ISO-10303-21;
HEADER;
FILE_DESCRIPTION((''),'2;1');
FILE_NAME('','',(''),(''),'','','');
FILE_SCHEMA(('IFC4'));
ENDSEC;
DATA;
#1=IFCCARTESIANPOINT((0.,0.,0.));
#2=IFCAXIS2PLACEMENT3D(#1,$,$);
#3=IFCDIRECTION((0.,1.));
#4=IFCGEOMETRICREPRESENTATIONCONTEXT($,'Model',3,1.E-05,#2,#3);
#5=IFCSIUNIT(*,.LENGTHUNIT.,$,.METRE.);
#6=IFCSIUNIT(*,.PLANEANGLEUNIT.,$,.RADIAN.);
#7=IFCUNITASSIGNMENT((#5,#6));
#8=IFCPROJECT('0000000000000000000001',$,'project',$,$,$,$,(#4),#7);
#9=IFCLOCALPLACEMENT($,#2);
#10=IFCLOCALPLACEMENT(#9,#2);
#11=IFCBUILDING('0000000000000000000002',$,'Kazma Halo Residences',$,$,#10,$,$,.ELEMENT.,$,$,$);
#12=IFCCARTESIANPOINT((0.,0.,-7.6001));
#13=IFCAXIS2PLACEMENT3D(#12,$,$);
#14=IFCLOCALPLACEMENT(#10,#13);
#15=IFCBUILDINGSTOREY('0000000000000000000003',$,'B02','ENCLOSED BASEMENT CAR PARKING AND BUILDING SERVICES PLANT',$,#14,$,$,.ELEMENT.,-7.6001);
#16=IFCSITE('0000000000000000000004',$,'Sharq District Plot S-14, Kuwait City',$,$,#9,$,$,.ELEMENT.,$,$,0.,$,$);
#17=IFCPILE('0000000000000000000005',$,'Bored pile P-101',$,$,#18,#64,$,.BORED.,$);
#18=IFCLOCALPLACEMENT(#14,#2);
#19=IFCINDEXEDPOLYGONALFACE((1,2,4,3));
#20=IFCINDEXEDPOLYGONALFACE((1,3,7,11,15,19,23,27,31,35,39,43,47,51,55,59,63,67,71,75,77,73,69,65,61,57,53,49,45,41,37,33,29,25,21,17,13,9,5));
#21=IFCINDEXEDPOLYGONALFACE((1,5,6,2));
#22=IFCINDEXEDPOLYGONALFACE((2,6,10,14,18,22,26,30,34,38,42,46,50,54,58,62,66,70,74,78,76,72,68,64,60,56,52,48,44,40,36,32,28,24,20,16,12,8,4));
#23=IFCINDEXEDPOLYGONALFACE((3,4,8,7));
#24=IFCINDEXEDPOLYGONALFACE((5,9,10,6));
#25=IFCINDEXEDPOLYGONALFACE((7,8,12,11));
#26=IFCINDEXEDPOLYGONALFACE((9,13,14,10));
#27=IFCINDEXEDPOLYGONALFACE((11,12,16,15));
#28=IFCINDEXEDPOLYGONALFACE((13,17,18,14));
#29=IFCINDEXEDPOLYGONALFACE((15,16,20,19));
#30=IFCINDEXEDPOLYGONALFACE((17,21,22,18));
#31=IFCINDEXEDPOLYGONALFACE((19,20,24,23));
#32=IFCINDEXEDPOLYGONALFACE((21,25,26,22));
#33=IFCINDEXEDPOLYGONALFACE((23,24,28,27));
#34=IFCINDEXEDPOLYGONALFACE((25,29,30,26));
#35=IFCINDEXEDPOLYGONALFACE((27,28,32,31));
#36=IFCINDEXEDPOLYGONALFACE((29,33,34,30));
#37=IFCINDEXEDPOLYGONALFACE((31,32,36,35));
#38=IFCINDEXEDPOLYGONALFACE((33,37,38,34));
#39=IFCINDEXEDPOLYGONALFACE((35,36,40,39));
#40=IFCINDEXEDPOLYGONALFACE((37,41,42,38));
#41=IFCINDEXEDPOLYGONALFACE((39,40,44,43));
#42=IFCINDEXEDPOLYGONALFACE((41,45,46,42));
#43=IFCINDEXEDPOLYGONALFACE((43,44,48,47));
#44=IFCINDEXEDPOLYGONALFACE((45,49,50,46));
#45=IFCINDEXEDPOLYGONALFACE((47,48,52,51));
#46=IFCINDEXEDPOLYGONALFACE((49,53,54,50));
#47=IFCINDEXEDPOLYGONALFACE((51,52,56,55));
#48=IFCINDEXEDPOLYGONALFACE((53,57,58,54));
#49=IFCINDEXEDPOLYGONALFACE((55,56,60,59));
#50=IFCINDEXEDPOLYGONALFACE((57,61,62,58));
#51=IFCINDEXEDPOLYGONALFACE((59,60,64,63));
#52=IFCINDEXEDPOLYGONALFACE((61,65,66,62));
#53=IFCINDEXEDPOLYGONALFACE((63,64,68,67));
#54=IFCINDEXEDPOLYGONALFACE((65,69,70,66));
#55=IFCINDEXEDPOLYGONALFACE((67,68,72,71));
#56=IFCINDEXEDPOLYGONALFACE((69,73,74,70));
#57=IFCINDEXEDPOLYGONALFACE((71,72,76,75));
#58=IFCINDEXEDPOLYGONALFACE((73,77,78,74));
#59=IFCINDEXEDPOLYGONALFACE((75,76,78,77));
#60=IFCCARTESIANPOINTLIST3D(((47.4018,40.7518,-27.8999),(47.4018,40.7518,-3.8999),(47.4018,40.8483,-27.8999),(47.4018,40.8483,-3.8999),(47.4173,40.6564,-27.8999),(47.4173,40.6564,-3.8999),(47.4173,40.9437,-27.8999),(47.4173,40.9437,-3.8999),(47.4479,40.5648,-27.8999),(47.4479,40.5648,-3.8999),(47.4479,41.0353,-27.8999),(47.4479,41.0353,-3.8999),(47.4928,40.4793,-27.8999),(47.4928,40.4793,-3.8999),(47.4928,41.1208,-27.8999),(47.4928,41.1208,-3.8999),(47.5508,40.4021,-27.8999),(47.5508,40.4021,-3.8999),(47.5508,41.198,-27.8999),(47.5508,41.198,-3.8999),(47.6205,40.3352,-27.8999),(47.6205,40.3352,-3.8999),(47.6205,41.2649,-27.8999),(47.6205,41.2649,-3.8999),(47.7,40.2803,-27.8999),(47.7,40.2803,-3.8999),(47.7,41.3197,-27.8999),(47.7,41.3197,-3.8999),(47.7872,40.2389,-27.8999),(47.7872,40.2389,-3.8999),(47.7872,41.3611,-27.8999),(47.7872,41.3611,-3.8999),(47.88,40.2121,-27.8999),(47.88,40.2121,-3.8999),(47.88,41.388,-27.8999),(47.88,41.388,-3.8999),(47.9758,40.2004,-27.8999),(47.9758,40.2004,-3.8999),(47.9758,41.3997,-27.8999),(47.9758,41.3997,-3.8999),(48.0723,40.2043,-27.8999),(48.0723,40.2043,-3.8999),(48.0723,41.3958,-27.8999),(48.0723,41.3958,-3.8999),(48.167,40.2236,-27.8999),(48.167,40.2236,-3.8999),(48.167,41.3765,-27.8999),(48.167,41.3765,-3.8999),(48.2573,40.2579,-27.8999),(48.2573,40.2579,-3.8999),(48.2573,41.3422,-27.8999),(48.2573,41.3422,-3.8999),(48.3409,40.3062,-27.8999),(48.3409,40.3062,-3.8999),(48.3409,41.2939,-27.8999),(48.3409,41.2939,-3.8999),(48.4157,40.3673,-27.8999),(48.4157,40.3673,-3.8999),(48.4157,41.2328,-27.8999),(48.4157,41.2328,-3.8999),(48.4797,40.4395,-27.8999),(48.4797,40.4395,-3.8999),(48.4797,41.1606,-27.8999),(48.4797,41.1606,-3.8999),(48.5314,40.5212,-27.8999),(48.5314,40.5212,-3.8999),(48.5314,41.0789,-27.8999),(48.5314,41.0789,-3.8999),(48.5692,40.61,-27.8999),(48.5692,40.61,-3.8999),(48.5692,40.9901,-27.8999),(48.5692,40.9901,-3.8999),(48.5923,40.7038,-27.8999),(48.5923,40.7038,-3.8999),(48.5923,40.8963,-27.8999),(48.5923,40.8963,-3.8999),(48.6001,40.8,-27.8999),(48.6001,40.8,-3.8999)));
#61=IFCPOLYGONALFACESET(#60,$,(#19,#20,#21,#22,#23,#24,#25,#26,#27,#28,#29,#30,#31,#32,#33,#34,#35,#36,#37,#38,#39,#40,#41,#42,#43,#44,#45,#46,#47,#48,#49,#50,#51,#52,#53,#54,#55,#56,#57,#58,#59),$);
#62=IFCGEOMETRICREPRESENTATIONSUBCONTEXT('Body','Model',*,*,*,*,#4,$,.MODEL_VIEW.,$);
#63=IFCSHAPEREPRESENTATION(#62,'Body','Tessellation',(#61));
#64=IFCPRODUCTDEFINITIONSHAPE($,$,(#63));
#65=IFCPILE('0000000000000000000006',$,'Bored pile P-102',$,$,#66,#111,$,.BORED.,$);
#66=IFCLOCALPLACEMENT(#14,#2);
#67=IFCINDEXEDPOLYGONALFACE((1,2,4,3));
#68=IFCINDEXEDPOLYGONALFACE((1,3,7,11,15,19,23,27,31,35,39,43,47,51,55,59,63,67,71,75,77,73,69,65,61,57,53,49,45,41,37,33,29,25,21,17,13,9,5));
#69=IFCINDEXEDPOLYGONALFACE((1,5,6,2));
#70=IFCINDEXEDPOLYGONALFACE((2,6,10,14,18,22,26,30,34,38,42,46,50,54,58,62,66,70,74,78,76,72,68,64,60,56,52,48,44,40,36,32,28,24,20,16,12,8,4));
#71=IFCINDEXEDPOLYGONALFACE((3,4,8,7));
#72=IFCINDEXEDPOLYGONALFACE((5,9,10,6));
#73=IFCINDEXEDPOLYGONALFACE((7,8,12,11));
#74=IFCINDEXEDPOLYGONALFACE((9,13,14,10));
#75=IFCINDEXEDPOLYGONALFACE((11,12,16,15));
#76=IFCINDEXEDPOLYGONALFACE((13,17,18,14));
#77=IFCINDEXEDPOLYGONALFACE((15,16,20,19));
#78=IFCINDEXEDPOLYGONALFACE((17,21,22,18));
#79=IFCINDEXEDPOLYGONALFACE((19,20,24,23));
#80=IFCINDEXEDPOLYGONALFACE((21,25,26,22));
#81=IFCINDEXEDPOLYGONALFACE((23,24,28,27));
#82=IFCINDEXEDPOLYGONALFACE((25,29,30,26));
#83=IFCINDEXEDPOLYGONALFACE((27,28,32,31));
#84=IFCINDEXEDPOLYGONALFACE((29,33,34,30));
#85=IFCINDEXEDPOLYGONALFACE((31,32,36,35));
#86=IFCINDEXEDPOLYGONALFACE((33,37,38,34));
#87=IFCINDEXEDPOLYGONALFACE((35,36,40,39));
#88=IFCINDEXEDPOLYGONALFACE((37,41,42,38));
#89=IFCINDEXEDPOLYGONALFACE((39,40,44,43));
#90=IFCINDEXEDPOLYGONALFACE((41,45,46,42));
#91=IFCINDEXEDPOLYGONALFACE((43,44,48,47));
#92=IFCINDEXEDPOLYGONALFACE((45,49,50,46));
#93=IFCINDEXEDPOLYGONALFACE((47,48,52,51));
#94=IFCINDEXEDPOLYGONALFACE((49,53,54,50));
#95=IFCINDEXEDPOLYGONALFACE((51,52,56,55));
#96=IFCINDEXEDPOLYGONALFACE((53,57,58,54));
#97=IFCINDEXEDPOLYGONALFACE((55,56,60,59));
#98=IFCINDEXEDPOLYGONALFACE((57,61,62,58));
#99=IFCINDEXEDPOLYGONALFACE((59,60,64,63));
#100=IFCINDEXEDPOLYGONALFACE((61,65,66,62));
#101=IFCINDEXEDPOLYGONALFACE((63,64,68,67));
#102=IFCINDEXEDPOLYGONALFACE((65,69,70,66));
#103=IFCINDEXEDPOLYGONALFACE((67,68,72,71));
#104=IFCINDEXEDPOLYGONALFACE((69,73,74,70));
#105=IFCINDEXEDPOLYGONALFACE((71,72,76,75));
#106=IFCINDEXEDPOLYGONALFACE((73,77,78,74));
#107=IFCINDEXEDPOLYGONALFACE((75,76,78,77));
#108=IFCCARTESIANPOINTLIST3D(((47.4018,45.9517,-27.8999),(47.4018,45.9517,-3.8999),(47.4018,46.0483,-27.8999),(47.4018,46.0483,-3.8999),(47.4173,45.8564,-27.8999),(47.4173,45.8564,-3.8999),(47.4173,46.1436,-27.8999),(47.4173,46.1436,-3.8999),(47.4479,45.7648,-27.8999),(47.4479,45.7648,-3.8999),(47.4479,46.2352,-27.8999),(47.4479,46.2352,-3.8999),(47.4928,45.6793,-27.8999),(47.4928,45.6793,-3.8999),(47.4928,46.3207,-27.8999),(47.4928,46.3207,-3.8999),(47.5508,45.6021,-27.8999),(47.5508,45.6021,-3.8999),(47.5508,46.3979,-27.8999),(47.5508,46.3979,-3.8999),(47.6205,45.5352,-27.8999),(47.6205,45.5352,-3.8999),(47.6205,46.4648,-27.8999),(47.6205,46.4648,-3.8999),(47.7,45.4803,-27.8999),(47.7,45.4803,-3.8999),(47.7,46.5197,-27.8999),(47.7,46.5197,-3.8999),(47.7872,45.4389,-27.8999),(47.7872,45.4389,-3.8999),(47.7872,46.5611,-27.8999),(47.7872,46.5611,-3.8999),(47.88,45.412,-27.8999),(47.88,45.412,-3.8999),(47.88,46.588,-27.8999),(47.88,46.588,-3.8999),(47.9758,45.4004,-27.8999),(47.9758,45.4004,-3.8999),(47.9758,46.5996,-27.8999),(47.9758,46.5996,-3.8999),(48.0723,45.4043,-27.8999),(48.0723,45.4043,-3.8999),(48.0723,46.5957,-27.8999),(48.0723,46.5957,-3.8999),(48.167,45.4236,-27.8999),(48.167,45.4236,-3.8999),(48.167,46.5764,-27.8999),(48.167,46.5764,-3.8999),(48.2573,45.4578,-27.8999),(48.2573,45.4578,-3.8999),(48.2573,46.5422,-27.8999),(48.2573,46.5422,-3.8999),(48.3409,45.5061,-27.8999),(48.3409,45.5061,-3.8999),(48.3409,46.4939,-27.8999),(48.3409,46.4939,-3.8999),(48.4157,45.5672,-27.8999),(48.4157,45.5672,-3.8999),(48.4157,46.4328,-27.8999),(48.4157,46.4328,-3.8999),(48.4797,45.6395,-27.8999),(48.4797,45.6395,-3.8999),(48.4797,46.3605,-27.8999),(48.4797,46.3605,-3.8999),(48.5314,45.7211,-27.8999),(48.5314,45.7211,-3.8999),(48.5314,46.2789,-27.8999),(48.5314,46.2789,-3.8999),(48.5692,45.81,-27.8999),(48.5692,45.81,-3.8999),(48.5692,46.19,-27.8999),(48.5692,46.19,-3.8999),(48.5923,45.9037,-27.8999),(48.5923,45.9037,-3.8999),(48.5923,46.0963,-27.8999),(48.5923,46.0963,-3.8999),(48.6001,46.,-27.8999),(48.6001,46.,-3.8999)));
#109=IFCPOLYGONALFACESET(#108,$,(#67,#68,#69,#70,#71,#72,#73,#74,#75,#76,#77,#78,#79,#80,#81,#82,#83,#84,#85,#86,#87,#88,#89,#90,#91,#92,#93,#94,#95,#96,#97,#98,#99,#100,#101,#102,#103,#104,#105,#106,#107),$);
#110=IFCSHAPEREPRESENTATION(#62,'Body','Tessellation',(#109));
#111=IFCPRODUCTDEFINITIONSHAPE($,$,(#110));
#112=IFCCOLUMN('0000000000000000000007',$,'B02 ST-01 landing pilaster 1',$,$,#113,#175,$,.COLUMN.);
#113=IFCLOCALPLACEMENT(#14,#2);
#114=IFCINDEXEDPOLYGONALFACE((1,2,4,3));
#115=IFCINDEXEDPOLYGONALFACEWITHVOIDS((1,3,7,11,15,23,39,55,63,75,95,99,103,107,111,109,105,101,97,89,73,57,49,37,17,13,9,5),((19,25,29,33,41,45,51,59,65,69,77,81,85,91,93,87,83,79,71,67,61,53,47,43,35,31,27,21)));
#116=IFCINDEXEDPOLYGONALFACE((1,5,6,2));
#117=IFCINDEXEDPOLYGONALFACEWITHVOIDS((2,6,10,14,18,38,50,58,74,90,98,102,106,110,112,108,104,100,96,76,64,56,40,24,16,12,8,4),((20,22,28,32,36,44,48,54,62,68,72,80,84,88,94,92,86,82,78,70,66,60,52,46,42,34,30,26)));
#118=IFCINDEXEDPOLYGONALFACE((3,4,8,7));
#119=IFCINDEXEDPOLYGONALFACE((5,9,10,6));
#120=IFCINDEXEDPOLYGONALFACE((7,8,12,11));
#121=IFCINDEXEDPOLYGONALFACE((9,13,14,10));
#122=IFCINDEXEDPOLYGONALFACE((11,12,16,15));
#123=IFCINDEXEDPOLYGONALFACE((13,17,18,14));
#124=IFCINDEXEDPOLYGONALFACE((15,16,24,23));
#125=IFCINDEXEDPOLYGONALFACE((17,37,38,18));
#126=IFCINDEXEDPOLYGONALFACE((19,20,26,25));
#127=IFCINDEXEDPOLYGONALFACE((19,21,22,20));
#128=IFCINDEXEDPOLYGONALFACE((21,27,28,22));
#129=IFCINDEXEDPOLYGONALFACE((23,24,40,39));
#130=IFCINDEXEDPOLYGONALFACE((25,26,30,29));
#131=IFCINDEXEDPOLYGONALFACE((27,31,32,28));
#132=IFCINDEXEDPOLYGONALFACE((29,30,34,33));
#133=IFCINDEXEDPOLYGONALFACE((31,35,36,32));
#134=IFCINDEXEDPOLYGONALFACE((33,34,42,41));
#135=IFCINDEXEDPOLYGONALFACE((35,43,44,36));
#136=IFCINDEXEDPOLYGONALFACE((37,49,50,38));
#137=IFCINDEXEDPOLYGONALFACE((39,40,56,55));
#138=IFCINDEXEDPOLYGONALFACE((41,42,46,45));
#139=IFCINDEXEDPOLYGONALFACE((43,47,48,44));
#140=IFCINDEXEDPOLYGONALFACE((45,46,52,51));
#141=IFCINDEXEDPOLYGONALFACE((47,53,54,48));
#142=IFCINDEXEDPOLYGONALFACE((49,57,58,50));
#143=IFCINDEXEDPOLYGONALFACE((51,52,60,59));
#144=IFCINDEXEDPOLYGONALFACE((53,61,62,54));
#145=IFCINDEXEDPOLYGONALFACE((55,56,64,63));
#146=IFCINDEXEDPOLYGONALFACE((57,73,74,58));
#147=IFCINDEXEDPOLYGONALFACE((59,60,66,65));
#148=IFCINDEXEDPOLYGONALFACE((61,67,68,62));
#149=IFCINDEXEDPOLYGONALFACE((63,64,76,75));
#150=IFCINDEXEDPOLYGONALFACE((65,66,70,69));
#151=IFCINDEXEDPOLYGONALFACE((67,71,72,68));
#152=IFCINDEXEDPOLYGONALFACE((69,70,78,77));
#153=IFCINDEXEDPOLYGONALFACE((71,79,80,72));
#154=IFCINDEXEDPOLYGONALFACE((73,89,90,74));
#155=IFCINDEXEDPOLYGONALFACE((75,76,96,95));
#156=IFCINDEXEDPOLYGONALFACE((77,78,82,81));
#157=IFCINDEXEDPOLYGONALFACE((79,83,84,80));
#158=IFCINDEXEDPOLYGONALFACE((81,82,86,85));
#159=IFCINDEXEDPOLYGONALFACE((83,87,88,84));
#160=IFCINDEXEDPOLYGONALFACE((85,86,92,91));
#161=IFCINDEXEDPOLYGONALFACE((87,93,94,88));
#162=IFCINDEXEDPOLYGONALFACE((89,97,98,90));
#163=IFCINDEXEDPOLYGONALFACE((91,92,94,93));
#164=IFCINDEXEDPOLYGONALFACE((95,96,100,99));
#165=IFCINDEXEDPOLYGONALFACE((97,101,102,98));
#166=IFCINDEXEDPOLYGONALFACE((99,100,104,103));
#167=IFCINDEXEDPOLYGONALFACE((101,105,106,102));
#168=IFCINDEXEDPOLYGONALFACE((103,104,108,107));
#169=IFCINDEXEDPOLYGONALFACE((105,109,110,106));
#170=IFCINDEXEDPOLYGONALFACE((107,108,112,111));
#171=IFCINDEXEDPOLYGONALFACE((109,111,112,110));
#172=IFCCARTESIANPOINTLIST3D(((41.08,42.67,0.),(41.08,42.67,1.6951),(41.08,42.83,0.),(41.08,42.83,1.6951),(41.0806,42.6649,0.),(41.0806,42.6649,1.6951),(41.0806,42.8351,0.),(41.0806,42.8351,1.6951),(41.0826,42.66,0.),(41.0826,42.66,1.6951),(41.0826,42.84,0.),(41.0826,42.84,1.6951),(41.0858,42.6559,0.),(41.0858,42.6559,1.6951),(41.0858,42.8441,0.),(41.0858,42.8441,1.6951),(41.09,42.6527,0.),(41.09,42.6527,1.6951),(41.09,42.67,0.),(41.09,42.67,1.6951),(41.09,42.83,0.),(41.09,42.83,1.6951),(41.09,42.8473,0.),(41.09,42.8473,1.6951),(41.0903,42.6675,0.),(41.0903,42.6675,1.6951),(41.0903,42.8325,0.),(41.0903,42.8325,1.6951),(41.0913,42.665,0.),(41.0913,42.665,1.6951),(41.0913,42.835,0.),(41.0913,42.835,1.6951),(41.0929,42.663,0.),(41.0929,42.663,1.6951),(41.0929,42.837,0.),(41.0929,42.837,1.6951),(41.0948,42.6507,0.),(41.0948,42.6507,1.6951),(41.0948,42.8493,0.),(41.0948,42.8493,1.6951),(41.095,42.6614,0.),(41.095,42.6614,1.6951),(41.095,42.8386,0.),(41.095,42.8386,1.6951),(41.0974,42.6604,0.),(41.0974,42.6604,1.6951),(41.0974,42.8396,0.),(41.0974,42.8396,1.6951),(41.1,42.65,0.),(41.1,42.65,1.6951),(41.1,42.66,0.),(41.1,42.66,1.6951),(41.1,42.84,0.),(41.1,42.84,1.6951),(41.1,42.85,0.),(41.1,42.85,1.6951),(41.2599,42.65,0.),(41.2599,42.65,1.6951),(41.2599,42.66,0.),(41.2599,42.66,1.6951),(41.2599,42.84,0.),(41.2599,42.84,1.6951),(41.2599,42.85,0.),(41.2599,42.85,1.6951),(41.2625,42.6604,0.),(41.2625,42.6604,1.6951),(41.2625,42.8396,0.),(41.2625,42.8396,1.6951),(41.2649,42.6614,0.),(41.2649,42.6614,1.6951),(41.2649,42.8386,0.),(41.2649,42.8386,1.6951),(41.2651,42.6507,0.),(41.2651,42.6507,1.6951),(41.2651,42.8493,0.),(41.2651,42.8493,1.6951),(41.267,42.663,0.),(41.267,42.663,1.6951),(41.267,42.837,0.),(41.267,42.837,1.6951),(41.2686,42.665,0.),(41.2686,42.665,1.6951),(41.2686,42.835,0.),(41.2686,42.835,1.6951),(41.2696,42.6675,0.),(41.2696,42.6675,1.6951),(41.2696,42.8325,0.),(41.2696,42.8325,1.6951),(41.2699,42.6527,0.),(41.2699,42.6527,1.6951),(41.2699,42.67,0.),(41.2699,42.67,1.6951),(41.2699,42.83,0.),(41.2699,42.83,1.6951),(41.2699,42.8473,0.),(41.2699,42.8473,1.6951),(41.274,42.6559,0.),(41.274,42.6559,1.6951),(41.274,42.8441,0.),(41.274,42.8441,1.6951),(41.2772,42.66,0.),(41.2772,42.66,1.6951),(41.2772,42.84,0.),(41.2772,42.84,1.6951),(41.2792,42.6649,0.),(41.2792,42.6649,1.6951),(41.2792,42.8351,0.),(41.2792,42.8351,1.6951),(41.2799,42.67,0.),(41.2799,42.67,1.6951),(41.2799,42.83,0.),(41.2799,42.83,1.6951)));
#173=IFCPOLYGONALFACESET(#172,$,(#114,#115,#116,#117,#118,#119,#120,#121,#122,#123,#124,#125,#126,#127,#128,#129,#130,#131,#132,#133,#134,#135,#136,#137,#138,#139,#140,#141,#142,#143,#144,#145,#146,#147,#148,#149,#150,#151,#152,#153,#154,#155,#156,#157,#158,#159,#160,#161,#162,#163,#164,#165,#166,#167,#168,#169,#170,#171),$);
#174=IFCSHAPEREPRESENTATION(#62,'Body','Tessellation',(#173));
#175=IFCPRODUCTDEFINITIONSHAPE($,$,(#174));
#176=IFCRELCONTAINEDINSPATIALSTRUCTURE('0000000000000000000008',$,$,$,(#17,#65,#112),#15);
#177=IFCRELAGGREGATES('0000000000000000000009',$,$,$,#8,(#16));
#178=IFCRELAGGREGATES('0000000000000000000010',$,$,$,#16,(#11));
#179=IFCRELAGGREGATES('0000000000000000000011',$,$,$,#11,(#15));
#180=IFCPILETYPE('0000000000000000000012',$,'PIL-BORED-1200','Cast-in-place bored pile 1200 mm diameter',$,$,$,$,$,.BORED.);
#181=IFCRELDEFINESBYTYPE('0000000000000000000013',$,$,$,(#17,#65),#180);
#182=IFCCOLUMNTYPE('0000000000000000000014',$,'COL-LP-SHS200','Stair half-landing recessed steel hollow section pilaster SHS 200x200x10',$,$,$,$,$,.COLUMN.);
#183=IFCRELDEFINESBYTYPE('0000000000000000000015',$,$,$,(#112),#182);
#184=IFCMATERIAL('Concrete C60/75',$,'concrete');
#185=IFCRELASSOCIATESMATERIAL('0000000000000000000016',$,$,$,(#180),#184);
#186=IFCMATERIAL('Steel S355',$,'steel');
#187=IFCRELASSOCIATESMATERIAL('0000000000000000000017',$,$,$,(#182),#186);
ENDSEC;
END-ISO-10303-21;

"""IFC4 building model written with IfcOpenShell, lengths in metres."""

from ifc_helpers import new_model, si_unit, direction, frame, origin, origin_2d, place, context, subcontext, project, spatial, hollow_rectangle, circle, extrude, material, material_profile, profile_set, type_object, element, save


model = new_model("IFC4")

# Units and contexts
model_context = context("Model", 3, precision=1e-05, world=origin(), true_north=direction((0.0, 1.0)))
body_context = subcontext(model_context, "Body", "Model", "MODEL_VIEW")
ifc_project = project(units=[si_unit("LENGTHUNIT", "METRE"), si_unit("PLANEANGLEUNIT", "RADIAN")], contexts=[model_context])

# Site, building, storey
site_placement = place(None, origin())
site = spatial("IfcSite", under=ifc_project, at=site_placement, Name="Sharq District Plot S-14, Kuwait City", CompositionType="ELEMENT", RefElevation=0.0)
building_placement = place(site_placement, origin())
building = spatial("IfcBuilding", under=site, at=building_placement, Name="Kazma Halo Residences", CompositionType="ELEMENT")
storey_placement = place(building_placement, frame((0.0, 0.0, -7.6001)))
storey = spatial("IfcBuildingStorey", under=building, at=storey_placement, Name="B02", Description="ENCLOSED BASEMENT CAR PARKING AND BUILDING SERVICES PLANT", CompositionType="ELEMENT", Elevation=-7.6001)

# Piles
ifc_material_1 = material(Name="Concrete C60/75", Category="concrete")
ifc_material_profile_1 = material_profile(ifc_material_1, circle(Radius=0.6001, at=origin_2d()), Name="CIRC1200")
ifc_profile_set_1 = profile_set([ifc_material_profile_1], Name="Concrete C60/75")
pile_type = type_object("IfcPileType", Name="PIL-BORED-1200", Description="Cast-in-place bored pile 1200 mm diameter", PredefinedType="BORED", material=ifc_profile_set_1)
for number, where, z_axis, x_axis, name in (
    (1, (48.0, 40.8, -3.8999), (0.0, 0.0, -1.0), (1.0, 0.0, 0.0), "Bored pile P-101"),
    (2, (48.0, 46.0, -3.8999), (0.0, 0.0, -1.0), (1.0, 0.0, 0.0), "Bored pile P-102"),
):
    element("IfcPile", number, at=place(storey_placement, frame(where, z_axis=z_axis, x_axis=x_axis)), inside=storey, type_object=pile_type, Name=name, PredefinedType="BORED", context=body_context, shape_type="SweptSolid", body=[
        extrude(circle(Radius=0.6001, at=origin_2d()), origin(), (0.0, 0.0, 1.0), 24.0),
    ])

# Column
ifc_material_2 = material(Name="Steel S355", Category="steel")
ifc_material_profile_2 = material_profile(ifc_material_2, hollow_rectangle(XDim=0.2, YDim=0.2, WallThickness=0.01, InnerFilletRadius=0.01, OuterFilletRadius=0.02, at=origin_2d()), Name="SHS200x200x10")
ifc_profile_set_2 = profile_set([ifc_material_profile_2], Name="Steel S355")
column_type = type_object("IfcColumnType", Name="COL-LP-SHS200", Description="Stair half-landing recessed steel hollow section pilaster SHS 200x200x10", PredefinedType="COLUMN", material=ifc_profile_set_2)
column_placement = place(storey_placement, frame((41.1799, 42.75, 0.0), z_axis=(0.0, 0.0, 1.0), x_axis=(1.0, 0.0, 0.0)))
element("IfcColumn", 3, at=column_placement, inside=storey, type_object=column_type, Name="B02 ST-01 landing pilaster 1", PredefinedType="COLUMN", context=body_context, shape_type="SweptSolid", body=[
    extrude(hollow_rectangle(XDim=0.2, YDim=0.2, WallThickness=0.01, InnerFilletRadius=0.01, OuterFilletRadius=0.02, at=origin_2d()), origin(), (0.0, 0.0, 1.0), 1.6951),
])

save(model, "model.ifc")
